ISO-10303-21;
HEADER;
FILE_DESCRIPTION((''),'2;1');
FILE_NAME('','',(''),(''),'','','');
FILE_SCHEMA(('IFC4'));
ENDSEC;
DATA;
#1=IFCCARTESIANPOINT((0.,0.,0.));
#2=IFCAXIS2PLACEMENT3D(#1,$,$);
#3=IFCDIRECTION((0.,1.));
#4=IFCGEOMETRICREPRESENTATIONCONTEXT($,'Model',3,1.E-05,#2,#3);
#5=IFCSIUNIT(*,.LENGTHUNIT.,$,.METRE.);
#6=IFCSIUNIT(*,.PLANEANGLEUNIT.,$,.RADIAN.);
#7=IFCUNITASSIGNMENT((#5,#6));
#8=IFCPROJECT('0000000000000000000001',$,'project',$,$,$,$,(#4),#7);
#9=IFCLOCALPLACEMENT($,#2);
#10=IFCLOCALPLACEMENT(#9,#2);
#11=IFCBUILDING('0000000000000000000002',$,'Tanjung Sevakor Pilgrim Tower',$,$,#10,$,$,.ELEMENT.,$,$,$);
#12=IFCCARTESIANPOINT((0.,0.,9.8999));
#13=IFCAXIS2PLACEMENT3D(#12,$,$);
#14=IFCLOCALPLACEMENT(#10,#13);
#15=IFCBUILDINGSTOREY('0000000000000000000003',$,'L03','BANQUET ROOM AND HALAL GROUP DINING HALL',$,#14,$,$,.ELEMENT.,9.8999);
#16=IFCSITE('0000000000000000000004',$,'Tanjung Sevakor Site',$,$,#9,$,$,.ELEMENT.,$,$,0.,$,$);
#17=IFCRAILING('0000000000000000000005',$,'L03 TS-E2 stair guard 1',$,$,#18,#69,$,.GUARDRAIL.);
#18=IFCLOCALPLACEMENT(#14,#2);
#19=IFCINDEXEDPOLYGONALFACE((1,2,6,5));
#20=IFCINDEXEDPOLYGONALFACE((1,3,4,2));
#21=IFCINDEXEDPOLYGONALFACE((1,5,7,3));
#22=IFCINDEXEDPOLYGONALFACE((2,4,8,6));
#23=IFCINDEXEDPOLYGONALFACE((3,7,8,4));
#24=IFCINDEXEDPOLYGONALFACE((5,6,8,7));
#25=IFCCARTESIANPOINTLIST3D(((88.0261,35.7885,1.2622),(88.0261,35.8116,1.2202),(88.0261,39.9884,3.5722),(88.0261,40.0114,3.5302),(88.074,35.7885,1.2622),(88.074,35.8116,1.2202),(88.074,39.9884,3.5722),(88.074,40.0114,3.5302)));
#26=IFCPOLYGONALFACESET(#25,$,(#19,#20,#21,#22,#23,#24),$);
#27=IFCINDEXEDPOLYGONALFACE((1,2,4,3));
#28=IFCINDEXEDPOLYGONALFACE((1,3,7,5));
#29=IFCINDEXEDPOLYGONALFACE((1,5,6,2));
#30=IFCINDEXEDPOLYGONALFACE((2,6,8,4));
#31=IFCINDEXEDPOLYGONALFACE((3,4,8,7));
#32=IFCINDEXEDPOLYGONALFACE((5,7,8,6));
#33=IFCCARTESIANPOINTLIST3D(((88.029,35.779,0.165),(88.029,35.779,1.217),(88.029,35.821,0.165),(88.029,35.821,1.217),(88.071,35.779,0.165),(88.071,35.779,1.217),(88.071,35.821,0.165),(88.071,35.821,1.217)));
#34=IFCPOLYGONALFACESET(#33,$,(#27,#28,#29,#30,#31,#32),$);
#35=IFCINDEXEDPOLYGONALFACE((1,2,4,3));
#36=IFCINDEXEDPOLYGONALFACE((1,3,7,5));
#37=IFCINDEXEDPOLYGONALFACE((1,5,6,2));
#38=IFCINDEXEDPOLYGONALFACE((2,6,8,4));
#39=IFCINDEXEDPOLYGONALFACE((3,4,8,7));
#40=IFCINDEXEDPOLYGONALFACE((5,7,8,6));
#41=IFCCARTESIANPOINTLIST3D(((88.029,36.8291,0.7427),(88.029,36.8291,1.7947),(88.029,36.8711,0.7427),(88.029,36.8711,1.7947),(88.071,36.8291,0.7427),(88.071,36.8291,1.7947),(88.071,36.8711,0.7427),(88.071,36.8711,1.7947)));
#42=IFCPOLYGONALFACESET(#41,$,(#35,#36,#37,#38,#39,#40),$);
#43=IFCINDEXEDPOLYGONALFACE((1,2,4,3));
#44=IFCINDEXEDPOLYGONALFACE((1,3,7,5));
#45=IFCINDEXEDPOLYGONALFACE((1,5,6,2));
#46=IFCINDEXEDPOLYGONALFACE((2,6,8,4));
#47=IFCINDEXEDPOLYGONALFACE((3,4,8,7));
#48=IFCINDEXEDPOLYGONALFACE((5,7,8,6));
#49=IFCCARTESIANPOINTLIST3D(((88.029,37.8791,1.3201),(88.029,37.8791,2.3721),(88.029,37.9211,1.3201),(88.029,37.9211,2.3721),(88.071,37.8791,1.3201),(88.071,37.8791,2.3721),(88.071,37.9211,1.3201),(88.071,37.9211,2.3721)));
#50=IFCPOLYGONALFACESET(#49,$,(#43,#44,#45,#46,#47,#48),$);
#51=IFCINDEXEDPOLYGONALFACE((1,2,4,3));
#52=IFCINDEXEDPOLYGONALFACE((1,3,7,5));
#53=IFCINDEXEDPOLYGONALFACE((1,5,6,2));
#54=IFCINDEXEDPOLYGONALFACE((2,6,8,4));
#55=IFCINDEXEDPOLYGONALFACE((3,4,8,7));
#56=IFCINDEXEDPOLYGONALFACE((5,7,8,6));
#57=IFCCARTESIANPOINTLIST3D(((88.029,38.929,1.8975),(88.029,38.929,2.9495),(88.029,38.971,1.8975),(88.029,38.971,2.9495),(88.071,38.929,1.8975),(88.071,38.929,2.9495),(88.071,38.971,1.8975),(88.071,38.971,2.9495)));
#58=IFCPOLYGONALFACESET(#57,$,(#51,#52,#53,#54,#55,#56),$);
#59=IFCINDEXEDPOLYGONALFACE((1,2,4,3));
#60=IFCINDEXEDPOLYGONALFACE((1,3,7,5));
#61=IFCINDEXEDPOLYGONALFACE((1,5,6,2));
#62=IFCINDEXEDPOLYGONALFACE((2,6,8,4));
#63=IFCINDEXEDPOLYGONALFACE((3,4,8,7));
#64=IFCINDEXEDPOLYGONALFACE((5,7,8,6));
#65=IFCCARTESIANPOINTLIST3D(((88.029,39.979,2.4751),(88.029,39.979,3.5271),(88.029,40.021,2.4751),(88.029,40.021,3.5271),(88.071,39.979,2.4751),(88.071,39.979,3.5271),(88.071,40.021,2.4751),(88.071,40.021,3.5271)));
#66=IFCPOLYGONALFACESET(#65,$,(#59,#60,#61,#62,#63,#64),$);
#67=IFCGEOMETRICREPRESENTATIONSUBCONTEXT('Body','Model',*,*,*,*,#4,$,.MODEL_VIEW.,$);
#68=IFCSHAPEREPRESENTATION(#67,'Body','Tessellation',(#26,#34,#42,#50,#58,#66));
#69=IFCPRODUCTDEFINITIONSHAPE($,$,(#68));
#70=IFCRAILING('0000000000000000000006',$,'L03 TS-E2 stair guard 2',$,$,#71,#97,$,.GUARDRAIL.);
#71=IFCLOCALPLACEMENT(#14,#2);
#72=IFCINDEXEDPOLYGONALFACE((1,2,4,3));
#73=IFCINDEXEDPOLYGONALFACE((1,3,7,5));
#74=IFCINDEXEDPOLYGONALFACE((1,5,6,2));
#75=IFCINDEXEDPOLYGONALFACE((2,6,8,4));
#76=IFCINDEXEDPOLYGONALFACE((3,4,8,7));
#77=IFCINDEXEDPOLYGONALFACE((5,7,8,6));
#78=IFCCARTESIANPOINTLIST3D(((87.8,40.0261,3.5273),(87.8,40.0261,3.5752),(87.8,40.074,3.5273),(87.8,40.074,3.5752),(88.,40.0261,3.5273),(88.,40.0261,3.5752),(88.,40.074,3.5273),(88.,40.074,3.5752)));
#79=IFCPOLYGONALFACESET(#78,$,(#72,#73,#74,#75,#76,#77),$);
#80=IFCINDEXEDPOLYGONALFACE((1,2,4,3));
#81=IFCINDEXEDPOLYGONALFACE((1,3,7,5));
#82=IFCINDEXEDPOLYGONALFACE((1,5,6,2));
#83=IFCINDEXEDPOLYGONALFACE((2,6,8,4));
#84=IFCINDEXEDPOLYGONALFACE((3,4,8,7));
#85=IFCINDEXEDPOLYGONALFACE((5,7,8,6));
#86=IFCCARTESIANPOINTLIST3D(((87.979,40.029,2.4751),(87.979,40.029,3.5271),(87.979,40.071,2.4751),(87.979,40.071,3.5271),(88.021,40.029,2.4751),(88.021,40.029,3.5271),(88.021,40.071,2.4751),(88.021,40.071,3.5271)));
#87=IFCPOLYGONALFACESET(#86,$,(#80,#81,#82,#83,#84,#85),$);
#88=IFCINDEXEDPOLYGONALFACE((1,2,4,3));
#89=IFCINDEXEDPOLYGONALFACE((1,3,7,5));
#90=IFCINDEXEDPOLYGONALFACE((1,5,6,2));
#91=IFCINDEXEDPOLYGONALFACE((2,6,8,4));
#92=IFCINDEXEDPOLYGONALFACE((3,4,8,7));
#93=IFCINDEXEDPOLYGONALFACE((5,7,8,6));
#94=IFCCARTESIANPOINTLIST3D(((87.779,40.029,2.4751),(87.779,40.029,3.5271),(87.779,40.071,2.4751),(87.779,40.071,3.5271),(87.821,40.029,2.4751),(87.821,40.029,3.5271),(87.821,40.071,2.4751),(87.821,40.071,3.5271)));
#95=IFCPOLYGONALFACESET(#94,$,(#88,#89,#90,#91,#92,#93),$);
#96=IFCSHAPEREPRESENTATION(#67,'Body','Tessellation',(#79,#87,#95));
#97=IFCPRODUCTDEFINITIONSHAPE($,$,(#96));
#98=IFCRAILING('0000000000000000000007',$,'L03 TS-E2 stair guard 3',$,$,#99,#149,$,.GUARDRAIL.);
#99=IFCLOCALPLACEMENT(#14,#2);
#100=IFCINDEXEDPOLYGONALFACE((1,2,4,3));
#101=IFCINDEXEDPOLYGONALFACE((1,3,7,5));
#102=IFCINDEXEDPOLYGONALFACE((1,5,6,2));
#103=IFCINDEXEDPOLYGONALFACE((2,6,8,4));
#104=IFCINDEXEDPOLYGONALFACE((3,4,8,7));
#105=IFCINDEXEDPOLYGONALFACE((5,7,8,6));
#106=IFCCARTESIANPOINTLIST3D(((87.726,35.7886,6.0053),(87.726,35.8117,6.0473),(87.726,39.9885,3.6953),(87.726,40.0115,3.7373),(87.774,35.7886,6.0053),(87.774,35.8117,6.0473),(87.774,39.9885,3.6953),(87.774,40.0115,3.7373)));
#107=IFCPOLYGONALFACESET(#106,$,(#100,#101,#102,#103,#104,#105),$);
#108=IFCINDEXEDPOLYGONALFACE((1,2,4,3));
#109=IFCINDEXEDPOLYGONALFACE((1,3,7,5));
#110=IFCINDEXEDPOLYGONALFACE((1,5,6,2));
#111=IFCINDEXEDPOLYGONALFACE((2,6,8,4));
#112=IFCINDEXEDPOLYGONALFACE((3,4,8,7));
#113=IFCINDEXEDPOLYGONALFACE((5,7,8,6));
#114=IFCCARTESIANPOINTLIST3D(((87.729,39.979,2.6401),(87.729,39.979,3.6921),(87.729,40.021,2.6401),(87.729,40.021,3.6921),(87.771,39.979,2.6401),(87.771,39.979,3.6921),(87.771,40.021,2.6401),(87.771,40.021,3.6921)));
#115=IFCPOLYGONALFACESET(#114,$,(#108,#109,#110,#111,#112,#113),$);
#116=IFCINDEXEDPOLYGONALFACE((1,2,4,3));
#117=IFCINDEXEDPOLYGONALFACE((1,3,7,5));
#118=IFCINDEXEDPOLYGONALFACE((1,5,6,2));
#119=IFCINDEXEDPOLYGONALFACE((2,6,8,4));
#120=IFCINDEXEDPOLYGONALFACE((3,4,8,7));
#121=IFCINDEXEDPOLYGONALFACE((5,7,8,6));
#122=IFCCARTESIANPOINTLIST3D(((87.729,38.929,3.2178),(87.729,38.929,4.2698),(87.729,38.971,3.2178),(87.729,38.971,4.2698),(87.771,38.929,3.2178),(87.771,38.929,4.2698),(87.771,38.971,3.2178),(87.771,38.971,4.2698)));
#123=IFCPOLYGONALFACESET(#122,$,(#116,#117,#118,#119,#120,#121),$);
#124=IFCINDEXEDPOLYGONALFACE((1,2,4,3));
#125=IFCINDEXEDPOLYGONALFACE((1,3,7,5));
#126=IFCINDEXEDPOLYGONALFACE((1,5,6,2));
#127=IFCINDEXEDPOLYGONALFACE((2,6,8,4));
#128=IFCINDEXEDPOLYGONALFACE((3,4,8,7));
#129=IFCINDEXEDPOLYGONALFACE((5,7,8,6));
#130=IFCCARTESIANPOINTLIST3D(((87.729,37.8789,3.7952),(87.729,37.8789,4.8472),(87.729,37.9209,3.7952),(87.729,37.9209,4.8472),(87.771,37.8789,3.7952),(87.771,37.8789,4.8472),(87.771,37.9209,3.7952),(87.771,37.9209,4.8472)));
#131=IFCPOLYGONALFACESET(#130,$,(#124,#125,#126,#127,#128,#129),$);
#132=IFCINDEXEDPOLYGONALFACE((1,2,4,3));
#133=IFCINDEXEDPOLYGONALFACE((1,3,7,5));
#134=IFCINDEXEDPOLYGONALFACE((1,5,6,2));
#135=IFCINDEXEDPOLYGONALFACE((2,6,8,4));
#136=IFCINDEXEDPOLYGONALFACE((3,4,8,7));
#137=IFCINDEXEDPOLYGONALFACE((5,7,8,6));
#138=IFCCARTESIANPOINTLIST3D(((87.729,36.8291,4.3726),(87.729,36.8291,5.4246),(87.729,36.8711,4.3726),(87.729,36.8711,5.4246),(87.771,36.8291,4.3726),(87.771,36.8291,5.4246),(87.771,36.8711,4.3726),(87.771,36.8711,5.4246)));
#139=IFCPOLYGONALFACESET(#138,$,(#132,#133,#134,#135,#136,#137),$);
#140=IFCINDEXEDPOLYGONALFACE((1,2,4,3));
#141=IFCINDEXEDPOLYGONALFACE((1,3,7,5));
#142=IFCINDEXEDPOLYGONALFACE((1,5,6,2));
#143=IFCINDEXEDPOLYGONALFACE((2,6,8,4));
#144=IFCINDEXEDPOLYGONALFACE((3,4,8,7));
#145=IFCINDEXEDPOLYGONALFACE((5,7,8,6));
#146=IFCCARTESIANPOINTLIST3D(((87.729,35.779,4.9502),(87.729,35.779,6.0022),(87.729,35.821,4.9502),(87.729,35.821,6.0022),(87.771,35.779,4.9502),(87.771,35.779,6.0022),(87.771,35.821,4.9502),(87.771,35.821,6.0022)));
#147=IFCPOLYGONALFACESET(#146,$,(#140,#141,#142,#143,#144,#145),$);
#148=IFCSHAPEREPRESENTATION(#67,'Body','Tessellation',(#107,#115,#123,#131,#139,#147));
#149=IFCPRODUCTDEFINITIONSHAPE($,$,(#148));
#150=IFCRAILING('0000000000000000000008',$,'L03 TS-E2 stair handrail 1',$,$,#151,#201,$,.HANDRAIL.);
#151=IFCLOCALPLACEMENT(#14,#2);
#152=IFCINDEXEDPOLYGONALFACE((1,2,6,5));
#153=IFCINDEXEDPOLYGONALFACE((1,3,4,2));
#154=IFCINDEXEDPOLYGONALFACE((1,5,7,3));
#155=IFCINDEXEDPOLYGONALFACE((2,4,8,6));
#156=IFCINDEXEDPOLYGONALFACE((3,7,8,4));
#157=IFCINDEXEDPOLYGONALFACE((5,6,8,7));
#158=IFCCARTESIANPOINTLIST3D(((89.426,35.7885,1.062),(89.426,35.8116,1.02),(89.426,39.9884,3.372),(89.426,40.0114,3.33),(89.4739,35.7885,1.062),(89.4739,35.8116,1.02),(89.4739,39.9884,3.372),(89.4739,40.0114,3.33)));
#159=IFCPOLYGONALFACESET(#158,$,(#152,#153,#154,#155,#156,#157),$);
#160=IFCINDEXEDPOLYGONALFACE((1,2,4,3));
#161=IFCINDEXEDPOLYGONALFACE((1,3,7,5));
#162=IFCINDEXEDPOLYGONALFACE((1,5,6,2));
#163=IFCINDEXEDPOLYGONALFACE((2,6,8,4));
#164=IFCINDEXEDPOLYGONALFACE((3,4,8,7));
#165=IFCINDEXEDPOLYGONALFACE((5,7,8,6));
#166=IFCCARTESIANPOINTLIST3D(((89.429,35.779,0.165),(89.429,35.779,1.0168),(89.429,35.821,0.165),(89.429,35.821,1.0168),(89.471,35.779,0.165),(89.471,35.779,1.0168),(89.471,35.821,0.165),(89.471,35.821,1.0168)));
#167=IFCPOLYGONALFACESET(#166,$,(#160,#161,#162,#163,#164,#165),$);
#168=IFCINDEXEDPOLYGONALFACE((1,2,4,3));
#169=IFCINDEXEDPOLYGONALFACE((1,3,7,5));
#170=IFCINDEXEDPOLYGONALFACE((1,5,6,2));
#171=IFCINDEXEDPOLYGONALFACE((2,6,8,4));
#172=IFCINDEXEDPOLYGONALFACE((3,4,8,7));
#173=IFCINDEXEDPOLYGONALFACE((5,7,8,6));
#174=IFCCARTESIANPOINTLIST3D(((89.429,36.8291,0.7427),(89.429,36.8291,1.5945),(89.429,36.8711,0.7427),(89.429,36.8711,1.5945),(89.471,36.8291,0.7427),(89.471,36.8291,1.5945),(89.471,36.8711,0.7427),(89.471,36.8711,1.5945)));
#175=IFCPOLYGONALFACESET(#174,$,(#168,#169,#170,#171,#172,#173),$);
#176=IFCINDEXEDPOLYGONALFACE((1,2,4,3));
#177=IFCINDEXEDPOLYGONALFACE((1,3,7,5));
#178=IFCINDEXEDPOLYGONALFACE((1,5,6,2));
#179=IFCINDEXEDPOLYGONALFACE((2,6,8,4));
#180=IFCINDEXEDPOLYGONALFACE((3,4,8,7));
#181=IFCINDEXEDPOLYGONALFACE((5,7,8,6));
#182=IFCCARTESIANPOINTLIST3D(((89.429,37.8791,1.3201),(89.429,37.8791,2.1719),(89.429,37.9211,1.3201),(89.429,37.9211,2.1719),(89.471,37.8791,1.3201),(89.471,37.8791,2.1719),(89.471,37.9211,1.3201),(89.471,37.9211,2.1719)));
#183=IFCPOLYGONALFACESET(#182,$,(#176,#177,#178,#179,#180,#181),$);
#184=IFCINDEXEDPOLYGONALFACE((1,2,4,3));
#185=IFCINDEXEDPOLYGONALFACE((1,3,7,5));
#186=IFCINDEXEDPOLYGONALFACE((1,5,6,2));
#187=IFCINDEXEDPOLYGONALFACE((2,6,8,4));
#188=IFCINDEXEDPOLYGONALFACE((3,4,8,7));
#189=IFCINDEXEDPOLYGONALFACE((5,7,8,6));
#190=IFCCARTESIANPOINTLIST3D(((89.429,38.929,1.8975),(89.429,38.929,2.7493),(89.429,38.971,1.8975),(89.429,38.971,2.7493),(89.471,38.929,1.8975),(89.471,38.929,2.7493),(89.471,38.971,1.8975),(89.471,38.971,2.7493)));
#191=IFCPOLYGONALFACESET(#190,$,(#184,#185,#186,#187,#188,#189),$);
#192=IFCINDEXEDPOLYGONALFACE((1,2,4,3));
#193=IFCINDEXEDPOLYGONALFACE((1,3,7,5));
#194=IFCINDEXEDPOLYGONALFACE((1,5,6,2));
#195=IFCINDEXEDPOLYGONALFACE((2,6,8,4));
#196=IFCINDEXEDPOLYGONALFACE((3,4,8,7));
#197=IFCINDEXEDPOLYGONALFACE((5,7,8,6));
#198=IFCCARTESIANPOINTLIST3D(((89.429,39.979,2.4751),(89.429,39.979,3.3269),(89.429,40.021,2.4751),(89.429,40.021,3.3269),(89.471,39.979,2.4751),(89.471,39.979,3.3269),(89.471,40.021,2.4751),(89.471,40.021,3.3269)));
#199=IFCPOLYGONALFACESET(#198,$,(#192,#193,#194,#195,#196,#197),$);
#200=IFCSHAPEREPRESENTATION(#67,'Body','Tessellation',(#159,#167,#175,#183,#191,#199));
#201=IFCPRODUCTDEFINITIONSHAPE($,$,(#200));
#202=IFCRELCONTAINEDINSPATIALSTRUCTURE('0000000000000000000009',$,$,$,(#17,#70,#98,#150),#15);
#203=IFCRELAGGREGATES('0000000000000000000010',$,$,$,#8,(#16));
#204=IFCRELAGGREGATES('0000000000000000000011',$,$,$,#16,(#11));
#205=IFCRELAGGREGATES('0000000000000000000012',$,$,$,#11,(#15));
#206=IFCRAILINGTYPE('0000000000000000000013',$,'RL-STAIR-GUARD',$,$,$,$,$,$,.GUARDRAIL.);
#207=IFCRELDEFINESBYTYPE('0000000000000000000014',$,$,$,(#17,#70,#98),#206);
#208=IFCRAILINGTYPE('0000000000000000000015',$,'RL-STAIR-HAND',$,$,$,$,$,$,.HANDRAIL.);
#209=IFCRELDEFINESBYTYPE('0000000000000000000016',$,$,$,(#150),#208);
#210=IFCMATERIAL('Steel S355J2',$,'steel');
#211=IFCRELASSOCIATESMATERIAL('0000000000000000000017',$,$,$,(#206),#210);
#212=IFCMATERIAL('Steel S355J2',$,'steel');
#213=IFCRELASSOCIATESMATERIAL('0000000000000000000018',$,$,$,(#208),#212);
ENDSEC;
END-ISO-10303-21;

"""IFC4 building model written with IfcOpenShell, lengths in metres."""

from ifc_helpers import new_model, si_unit, direction, frame, origin, place, context, subcontext, project, spatial, rectangle, extrude, material, type_object, element, save


model = new_model("IFC4")

# Units and contexts
model_context = context("Model", 3, precision=1e-05, world=origin(), true_north=direction((0.0, 1.0)))
body_context = subcontext(model_context, "Body", "Model", "MODEL_VIEW")
ifc_project = project(units=[si_unit("LENGTHUNIT", "METRE"), si_unit("PLANEANGLEUNIT", "RADIAN")], contexts=[model_context])

# Site, building, storey
site_placement = place(None, origin())
site = spatial("IfcSite", under=ifc_project, at=site_placement, Name="Tanjung Sevakor Site", CompositionType="ELEMENT", RefElevation=0.0)
building_placement = place(site_placement, origin())
building = spatial("IfcBuilding", under=site, at=building_placement, Name="Tanjung Sevakor Pilgrim Tower", CompositionType="ELEMENT")
storey_placement = place(building_placement, frame((0.0, 0.0, 9.8999)))
storey = spatial("IfcBuildingStorey", under=building, at=storey_placement, Name="L03", Description="BANQUET ROOM AND HALAL GROUP DINING HALL", CompositionType="ELEMENT", Elevation=9.8999)

# Railings
ifc_material_1 = material(Name="Steel S355J2", Category="steel")
railing_type_1 = type_object("IfcRailingType", Name="RL-STAIR-GUARD", PredefinedType="GUARDRAIL", material=ifc_material_1)
railing_1_placement = place(storey_placement, frame((88.05, 35.8, 0.165)))
element("IfcRailing", 1, at=railing_1_placement, inside=storey, type_object=railing_type_1, Name="L03 TS-E2 stair guard 1", PredefinedType="GUARDRAIL", context=body_context, shape_type="SweptSolid", body=[
    extrude(rectangle(XDim=0.0479, YDim=0.0479), frame((0.0, 0.0, 1.0762), z_axis=(0.0, 0.876208, 0.481932), x_axis=(-1.0, 0.0, 0.0)), (0.0, 0.0, 1.0), 4.7932),
    extrude(rectangle(XDim=0.042, YDim=0.042), origin(), (0.0, 0.0, 1.0), 1.052),
    extrude(rectangle(XDim=0.042, YDim=0.042), frame((0.0, 1.05, 0.5776)), (0.0, 0.0, 1.0), 1.052),
    extrude(rectangle(XDim=0.042, YDim=0.042), frame((0.0, 2.1001, 1.155)), (0.0, 0.0, 1.0), 1.052),
    extrude(rectangle(XDim=0.042, YDim=0.042), frame((0.0, 3.1499, 1.7324)), (0.0, 0.0, 1.0), 1.052),
    extrude(rectangle(XDim=0.042, YDim=0.042), frame((0.0, 4.2, 2.3101)), (0.0, 0.0, 1.0), 1.052),
])
railing_2_placement = place(storey_placement, frame((88.0, 40.05, 2.4751)))
element("IfcRailing", 2, at=railing_2_placement, inside=storey, type_object=railing_type_1, Name="L03 TS-E2 stair guard 2", PredefinedType="GUARDRAIL", context=body_context, shape_type="SweptSolid", body=[
    extrude(rectangle(XDim=0.0479, YDim=0.0479), frame((0.0, 0.0, 1.0762), z_axis=(-1.0, 0.0, 0.0), x_axis=(0.0, -1.0, 0.0)), (0.0, 0.0, 1.0), 0.2),
    extrude(rectangle(XDim=0.042, YDim=0.042), origin(), (0.0, 0.0, 1.0), 1.052),
    extrude(rectangle(XDim=0.042, YDim=0.042), frame((-0.2, 0.0, 0.0)), (0.0, 0.0, 1.0), 1.052),
])
railing_3_placement = place(storey_placement, frame((87.75, 40.0, 2.6401)))
element("IfcRailing", 3, at=railing_3_placement, inside=storey, type_object=railing_type_1, Name="L03 TS-E2 stair guard 3", PredefinedType="GUARDRAIL", context=body_context, shape_type="SweptSolid", body=[
    extrude(rectangle(XDim=0.0479, YDim=0.0479), frame((0.0, 0.0, 1.0762), z_axis=(0.0, -0.876208, 0.481932), x_axis=(1.0, 0.0, 0.0)), (0.0, 0.0, 1.0), 4.7932),
    extrude(rectangle(XDim=0.042, YDim=0.042), origin(), (0.0, 0.0, 1.0), 1.052),
    extrude(rectangle(XDim=0.042, YDim=0.042), frame((0.0, -1.05, 0.5776)), (0.0, 0.0, 1.0), 1.052),
    extrude(rectangle(XDim=0.042, YDim=0.042), frame((0.0, -2.1001, 1.155)), (0.0, 0.0, 1.0), 1.052),
    extrude(rectangle(XDim=0.042, YDim=0.042), frame((0.0, -3.1499, 1.7324)), (0.0, 0.0, 1.0), 1.052),
    extrude(rectangle(XDim=0.042, YDim=0.042), frame((0.0, -4.2, 2.3101)), (0.0, 0.0, 1.0), 1.052),
])
ifc_material_2 = material(Name="Steel S355J2", Category="steel")
railing_type_2 = type_object("IfcRailingType", Name="RL-STAIR-HAND", PredefinedType="HANDRAIL", material=ifc_material_2)
railing_4_placement = place(storey_placement, frame((89.45, 35.8, 0.165)))
element("IfcRailing", 4, at=railing_4_placement, inside=storey, type_object=railing_type_2, Name="L03 TS-E2 stair handrail 1", PredefinedType="HANDRAIL", context=body_context, shape_type="SweptSolid", body=[
    extrude(rectangle(XDim=0.0479, YDim=0.0479), frame((0.0, 0.0, 0.876), z_axis=(0.0, 0.876208, 0.481932), x_axis=(-1.0, 0.0, 0.0)), (0.0, 0.0, 1.0), 4.7932),
    extrude(rectangle(XDim=0.042, YDim=0.042), origin(), (0.0, 0.0, 1.0), 0.8518),
    extrude(rectangle(XDim=0.042, YDim=0.042), frame((0.0, 1.05, 0.5776)), (0.0, 0.0, 1.0), 0.8518),
    extrude(rectangle(XDim=0.042, YDim=0.042), frame((0.0, 2.1001, 1.155)), (0.0, 0.0, 1.0), 0.8518),
    extrude(rectangle(XDim=0.042, YDim=0.042), frame((0.0, 3.1499, 1.7324)), (0.0, 0.0, 1.0), 0.8518),
    extrude(rectangle(XDim=0.042, YDim=0.042), frame((0.0, 4.2, 2.3101)), (0.0, 0.0, 1.0), 0.8518),
])

save(model, "model.ifc")
